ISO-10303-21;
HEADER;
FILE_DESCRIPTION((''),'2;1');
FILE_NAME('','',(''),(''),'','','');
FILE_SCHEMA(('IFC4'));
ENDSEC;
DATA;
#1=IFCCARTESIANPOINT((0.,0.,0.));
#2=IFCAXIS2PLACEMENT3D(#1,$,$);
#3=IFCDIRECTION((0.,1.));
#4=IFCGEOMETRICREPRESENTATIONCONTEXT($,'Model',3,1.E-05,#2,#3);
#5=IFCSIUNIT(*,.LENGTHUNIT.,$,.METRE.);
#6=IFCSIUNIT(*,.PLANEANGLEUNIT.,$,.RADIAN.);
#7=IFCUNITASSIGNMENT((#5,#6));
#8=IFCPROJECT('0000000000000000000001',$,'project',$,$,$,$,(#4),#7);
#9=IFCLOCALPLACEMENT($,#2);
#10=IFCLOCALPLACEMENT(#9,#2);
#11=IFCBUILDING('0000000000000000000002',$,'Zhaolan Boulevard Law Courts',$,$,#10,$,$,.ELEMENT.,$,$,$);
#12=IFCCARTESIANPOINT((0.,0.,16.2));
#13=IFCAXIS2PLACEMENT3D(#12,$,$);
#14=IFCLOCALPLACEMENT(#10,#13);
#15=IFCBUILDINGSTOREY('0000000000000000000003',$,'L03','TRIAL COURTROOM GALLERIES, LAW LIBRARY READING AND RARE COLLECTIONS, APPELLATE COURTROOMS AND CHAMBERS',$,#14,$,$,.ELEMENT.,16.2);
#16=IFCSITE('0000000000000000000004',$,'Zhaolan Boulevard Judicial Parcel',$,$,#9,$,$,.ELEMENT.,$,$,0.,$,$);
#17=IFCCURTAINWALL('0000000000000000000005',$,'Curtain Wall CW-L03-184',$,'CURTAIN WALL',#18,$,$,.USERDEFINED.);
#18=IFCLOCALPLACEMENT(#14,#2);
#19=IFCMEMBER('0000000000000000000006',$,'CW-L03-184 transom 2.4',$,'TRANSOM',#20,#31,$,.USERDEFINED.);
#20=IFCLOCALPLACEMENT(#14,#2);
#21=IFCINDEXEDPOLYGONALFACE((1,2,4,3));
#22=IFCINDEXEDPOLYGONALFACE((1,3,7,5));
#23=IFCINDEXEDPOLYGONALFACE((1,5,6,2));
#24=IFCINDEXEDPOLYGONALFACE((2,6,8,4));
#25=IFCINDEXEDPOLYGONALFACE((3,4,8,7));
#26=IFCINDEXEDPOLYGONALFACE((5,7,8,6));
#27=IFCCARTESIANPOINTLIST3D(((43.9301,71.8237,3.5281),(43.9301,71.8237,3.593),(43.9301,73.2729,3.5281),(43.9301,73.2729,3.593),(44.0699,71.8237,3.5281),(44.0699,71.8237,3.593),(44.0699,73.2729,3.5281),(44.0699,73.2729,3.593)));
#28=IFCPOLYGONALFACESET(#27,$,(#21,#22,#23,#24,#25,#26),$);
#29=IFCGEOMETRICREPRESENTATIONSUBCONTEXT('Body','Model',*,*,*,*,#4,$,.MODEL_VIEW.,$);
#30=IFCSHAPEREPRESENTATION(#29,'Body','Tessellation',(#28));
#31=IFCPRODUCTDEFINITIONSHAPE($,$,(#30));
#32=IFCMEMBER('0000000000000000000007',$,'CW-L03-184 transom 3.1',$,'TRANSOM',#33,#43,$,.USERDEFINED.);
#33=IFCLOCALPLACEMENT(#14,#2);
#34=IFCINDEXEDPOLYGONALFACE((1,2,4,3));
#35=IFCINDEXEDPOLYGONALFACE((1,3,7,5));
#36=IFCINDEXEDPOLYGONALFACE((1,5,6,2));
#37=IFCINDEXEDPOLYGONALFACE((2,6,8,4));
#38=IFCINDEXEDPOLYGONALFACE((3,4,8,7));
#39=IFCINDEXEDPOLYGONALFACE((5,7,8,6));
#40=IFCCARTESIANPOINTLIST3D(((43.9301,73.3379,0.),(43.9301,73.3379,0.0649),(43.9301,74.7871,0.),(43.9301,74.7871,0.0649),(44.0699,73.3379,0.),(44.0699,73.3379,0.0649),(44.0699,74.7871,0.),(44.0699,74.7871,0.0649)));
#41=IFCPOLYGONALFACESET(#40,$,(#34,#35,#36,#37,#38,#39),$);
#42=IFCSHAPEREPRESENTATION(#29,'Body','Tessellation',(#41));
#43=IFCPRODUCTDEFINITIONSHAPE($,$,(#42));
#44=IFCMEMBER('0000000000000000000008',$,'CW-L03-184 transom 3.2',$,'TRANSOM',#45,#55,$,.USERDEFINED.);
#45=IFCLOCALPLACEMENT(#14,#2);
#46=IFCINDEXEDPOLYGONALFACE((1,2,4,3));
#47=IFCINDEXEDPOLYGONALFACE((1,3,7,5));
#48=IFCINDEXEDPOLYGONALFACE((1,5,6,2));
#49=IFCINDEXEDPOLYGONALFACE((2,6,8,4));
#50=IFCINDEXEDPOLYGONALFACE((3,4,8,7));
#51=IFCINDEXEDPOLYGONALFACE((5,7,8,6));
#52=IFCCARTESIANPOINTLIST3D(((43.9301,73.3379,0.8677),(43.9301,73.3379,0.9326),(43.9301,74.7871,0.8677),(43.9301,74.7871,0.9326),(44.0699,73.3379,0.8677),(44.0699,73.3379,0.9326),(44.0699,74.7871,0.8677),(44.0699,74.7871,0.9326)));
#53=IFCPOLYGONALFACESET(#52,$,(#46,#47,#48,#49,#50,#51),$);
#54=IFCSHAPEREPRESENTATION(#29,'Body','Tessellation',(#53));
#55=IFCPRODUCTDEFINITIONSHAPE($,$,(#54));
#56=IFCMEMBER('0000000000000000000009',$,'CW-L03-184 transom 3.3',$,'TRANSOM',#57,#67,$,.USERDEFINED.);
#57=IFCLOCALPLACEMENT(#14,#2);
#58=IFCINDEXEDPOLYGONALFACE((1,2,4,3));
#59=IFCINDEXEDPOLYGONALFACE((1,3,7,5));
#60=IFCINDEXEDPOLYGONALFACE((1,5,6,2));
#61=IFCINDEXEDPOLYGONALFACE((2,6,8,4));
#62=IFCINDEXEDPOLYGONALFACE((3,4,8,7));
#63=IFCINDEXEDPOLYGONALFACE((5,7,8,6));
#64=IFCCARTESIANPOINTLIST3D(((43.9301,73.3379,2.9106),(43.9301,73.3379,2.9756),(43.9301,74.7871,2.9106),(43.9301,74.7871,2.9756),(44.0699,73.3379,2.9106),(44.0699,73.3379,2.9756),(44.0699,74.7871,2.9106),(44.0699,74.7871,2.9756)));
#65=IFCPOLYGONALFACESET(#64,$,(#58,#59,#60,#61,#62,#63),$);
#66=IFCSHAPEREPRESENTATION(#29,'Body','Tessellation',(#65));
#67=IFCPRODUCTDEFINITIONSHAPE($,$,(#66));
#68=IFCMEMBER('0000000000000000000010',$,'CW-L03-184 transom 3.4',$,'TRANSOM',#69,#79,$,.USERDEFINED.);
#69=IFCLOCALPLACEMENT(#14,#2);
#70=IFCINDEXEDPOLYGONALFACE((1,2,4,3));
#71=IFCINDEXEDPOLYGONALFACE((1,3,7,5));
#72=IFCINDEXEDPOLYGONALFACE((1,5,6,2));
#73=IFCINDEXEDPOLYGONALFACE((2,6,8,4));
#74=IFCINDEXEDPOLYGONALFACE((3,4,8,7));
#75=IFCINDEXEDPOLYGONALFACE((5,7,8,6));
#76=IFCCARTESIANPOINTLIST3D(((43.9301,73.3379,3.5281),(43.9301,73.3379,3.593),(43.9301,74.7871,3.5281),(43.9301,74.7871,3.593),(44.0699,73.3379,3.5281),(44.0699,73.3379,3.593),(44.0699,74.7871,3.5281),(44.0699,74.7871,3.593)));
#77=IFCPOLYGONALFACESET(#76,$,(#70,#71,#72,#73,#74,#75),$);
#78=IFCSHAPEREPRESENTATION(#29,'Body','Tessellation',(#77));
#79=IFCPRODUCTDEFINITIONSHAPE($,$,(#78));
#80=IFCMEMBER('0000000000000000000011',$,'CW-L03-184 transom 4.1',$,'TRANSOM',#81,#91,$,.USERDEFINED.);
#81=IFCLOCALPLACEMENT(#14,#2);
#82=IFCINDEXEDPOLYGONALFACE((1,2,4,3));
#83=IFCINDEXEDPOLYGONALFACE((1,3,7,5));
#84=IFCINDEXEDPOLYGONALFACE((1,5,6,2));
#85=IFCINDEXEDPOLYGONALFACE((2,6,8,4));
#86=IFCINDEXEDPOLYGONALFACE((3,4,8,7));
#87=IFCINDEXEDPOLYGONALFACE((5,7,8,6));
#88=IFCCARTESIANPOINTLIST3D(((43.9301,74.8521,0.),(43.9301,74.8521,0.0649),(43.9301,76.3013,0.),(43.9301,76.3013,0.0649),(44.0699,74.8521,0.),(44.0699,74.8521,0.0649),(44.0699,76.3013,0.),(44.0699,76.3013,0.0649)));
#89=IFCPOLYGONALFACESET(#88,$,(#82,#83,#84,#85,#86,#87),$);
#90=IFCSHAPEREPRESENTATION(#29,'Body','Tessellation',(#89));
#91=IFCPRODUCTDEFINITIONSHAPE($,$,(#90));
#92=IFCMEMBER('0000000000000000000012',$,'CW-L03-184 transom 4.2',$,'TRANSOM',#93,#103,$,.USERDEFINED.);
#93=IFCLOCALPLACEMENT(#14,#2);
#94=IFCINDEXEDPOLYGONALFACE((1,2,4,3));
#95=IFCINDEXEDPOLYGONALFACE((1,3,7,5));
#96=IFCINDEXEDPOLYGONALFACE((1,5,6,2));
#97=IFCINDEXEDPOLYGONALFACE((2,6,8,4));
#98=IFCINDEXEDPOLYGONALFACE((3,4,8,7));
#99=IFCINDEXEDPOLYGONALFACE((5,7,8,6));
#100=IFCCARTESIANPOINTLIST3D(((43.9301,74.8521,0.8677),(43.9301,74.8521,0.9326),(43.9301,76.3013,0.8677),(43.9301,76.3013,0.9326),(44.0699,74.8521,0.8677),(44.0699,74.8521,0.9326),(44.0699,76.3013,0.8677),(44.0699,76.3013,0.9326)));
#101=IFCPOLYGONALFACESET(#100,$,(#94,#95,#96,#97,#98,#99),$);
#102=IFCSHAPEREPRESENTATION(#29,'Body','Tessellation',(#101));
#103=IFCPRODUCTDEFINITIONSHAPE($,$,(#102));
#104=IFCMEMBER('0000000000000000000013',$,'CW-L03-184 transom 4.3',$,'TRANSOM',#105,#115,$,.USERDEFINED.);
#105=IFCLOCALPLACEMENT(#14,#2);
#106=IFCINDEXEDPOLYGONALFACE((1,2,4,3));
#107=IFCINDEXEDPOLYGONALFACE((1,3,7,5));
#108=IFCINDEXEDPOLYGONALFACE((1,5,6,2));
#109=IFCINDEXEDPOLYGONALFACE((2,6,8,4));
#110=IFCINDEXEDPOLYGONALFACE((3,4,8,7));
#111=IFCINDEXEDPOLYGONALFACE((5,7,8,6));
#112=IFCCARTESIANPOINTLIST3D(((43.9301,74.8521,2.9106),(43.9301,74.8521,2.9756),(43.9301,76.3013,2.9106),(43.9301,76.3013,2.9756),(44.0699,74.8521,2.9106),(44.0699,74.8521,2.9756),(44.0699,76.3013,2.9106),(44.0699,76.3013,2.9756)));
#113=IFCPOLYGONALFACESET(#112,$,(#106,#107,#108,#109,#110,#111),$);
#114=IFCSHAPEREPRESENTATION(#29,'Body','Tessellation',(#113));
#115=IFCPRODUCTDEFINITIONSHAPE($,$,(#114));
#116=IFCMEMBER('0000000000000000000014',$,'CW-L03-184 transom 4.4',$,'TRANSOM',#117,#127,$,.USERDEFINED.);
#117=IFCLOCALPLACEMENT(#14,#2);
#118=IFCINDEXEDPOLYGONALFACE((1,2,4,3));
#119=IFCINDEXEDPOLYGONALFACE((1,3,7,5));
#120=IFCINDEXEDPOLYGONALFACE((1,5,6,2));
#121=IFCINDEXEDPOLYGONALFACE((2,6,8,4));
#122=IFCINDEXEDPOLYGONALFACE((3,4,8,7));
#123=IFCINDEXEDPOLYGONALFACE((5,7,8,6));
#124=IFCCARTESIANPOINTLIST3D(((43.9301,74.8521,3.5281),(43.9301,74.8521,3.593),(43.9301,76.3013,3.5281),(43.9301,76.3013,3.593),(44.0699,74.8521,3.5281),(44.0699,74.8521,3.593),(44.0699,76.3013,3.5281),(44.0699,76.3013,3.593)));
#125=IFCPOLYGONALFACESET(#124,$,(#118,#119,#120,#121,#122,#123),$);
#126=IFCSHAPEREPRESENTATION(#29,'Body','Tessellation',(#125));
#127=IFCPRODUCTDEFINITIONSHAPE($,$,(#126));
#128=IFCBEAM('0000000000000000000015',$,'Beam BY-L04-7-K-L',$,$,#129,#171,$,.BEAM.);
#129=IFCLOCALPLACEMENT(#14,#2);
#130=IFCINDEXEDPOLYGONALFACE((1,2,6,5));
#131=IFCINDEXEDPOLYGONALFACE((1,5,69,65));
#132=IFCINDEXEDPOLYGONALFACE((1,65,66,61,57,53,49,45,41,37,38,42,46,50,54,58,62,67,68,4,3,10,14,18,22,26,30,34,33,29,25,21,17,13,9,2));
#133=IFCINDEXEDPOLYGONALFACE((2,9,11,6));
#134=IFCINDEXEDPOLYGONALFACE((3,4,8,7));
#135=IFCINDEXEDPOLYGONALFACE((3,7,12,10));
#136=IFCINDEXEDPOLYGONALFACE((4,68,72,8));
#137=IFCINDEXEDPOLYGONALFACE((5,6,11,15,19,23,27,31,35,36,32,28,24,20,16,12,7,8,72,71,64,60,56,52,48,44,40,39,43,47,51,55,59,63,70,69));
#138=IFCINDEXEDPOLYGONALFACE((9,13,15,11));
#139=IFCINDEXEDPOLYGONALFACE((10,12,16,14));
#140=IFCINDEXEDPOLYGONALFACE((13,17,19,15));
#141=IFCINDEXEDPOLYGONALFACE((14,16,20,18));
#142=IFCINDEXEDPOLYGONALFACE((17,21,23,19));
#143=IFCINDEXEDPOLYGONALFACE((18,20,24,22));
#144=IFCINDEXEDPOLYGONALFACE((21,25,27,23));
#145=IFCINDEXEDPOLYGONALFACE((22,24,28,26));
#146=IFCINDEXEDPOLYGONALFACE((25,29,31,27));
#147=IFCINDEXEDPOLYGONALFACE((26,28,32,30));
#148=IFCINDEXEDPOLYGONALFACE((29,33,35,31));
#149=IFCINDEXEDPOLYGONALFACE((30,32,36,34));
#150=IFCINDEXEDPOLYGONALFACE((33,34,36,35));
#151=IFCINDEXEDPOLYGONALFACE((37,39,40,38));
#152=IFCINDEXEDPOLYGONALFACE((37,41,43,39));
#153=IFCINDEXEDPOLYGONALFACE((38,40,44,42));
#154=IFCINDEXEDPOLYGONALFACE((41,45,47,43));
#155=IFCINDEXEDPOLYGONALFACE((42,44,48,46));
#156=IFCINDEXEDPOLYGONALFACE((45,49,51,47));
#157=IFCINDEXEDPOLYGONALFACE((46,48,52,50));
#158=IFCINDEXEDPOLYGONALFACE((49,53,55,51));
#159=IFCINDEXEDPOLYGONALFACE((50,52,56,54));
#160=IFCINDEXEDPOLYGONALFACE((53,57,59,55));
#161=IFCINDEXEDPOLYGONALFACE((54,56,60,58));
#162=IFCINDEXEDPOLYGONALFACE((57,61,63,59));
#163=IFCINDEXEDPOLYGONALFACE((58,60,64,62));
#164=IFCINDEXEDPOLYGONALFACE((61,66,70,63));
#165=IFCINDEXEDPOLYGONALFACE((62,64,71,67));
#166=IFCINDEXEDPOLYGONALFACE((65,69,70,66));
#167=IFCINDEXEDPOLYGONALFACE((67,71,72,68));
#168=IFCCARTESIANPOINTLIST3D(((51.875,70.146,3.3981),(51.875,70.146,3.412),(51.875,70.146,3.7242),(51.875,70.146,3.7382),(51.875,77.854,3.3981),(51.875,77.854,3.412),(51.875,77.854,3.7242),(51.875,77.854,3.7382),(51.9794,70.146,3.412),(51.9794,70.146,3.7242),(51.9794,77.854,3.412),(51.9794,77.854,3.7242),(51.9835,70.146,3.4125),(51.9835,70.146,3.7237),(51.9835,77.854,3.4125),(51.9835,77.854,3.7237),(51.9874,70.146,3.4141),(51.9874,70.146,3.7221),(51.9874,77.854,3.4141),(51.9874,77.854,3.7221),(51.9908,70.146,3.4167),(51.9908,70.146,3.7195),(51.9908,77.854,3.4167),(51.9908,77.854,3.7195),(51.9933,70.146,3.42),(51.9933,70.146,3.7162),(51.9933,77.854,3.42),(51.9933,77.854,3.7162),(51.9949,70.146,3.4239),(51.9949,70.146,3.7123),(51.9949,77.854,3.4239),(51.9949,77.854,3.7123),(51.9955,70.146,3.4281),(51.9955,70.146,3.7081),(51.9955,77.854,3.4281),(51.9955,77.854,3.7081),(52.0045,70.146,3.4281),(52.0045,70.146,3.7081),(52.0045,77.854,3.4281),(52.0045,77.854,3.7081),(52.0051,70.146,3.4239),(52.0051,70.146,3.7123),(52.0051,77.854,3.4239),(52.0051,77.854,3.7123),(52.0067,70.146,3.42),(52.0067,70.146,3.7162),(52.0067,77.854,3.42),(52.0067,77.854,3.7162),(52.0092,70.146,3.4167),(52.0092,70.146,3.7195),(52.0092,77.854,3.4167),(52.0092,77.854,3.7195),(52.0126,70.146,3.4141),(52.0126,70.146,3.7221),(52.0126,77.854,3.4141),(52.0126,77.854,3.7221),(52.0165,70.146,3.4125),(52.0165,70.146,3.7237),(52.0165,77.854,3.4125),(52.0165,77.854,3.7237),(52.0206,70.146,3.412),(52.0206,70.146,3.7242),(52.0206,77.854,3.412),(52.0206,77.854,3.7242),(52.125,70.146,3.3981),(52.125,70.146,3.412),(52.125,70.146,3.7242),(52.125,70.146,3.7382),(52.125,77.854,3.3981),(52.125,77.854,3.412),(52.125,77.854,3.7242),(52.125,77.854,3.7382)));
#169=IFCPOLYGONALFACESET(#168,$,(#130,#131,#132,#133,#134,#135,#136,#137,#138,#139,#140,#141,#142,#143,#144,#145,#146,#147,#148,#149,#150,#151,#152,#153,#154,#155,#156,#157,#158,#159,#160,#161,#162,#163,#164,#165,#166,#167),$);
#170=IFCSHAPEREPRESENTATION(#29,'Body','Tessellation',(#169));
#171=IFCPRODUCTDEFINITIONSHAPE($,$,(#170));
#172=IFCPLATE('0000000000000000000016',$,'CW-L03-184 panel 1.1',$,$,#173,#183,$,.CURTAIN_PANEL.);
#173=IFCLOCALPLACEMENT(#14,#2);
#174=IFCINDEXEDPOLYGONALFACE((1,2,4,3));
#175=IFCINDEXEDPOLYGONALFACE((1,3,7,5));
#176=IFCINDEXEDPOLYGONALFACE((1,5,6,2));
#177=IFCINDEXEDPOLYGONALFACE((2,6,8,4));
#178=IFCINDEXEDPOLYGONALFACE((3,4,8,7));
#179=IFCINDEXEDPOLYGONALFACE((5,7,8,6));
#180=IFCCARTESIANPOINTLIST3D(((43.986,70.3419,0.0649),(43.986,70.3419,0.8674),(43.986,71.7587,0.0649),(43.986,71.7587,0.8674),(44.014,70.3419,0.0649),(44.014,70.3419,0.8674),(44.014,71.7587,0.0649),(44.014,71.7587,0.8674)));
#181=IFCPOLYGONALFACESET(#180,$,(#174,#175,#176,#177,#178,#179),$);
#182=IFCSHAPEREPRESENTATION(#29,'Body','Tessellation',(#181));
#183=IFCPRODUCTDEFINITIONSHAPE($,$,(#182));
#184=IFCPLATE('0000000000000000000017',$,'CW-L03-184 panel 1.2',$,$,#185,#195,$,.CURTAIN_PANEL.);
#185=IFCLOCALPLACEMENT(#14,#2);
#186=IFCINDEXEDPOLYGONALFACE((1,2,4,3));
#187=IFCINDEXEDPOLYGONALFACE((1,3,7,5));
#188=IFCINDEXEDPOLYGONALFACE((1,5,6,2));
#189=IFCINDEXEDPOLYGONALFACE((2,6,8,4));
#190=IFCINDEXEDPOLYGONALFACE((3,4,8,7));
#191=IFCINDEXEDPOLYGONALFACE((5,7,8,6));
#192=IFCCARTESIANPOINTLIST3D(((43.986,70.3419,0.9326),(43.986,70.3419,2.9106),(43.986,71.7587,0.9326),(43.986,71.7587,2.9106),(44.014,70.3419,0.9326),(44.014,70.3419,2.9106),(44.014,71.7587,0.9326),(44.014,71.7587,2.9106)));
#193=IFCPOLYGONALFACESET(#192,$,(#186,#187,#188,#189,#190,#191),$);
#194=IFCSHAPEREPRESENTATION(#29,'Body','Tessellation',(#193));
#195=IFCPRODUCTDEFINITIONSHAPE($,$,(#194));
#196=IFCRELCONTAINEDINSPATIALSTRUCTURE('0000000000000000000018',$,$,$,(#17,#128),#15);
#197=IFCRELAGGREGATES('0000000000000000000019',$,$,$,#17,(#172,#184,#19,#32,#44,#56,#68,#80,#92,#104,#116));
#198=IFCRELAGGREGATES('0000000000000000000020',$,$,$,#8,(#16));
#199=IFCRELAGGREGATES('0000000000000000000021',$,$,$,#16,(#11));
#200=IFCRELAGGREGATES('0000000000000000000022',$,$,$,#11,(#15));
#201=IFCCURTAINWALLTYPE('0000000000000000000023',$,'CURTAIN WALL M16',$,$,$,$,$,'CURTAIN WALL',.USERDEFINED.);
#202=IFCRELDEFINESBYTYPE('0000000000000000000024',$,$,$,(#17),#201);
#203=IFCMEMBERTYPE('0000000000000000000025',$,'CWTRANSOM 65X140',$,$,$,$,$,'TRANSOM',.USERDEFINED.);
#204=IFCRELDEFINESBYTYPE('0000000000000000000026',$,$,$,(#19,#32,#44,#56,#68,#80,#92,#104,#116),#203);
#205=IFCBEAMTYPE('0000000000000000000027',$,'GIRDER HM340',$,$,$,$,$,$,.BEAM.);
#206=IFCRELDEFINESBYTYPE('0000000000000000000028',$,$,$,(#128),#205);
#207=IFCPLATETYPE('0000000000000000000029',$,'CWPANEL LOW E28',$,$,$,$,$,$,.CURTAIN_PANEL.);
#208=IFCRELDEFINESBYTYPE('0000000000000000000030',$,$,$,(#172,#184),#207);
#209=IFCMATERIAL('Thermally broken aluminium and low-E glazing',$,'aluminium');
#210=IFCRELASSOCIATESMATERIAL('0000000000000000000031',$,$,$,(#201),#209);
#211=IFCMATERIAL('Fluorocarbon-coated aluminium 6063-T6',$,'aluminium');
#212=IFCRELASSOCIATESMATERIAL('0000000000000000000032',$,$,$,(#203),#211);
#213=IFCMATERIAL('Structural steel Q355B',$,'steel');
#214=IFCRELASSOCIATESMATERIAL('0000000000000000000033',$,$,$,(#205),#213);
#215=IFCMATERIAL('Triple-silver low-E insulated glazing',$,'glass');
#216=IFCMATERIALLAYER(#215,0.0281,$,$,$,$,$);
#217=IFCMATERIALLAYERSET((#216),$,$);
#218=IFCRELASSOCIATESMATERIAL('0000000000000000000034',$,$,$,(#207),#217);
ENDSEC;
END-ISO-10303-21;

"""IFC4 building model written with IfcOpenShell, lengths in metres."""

from ifc_helpers import new_model, si_unit, direction, frame, origin, origin_2d, place, context, subcontext, project, spatial, rectangle, i_section, extrude, material, layer, layer_set, material_profile, profile_set, type_object, element, aggregate, save


model = new_model("IFC4")

# Units and contexts
model_context = context("Model", 3, precision=1e-05, world=origin(), true_north=direction((0.0, 1.0)))
body_context = subcontext(model_context, "Body", "Model", "MODEL_VIEW")
ifc_project = project(units=[si_unit("LENGTHUNIT", "METRE"), si_unit("PLANEANGLEUNIT", "RADIAN")], contexts=[model_context])

# Site, building, storey
site_placement = place(None, origin())
site = spatial("IfcSite", under=ifc_project, at=site_placement, Name="Zhaolan Boulevard Judicial Parcel", CompositionType="ELEMENT", RefElevation=0.0)
building_placement = place(site_placement, origin())
building = spatial("IfcBuilding", under=site, at=building_placement, Name="Zhaolan Boulevard Law Courts", CompositionType="ELEMENT")
storey_placement = place(building_placement, frame((0.0, 0.0, 16.2)))
storey = spatial("IfcBuildingStorey", under=building, at=storey_placement, Name="L03", Description="TRIAL COURTROOM GALLERIES, LAW LIBRARY READING AND RARE COLLECTIONS, APPELLATE COURTROOMS AND CHAMBERS", CompositionType="ELEMENT", Elevation=16.2)

# Curtain wall, members
ifc_material_1 = material(Name="Thermally broken aluminium and low-E glazing", Category="aluminium")
curtain_wall_type = type_object("IfcCurtainWallType", Name="CURTAIN WALL M16", ElementType="CURTAIN WALL", PredefinedType="USERDEFINED", material=ifc_material_1)
curtain_wall_placement = place(storey_placement, origin())
curtain_wall = element("IfcCurtainWall", 1, at=curtain_wall_placement, inside=storey, type_object=curtain_wall_type, Name="Curtain Wall CW-L03-184", ObjectType="CURTAIN WALL", PredefinedType="USERDEFINED")
ifc_material_2 = material(Name="Fluorocarbon-coated aluminium 6063-T6", Category="aluminium")
ifc_material_profile_1 = material_profile(ifc_material_2, rectangle(XDim=0.1399, YDim=0.0649, at=origin_2d()), Name="AL65x140")
ifc_profile_set_1 = profile_set([ifc_material_profile_1], Name="Fluorocarbon-coated aluminium 6063-T6")
member_type_1 = type_object("IfcMemberType", Name="CWTRANSOM 65X140", ElementType="TRANSOM", PredefinedType="USERDEFINED", material=ifc_profile_set_1)
member_1_placement = place(storey_placement, frame((44.0, 71.8237, 3.5605), z_axis=(0.0, 1.0, 0.0), x_axis=(-1.0, 0.0, 0.0)))
member_1 = element("IfcMember", 2, at=member_1_placement, type_object=member_type_1, Name="CW-L03-184 transom 2.4", ObjectType="TRANSOM", PredefinedType="USERDEFINED", context=body_context, shape_type="SweptSolid", body=[
    extrude(rectangle(XDim=0.1399, YDim=0.0649, at=origin_2d()), origin(), (0.0, 0.0, 1.0), 1.4492),
])
member_2_placement = place(storey_placement, frame((44.0, 73.3379, 0.0325), z_axis=(0.0, 1.0, 0.0), x_axis=(-1.0, 0.0, 0.0)))
member_2 = element("IfcMember", 3, at=member_2_placement, type_object=member_type_1, Name="CW-L03-184 transom 3.1", ObjectType="TRANSOM", PredefinedType="USERDEFINED", context=body_context, shape_type="SweptSolid", body=[
    extrude(rectangle(XDim=0.1399, YDim=0.0649, at=origin_2d()), origin(), (0.0, 0.0, 1.0), 1.4492),
])
member_3_placement = place(storey_placement, frame((44.0, 73.3379, 0.9001), z_axis=(0.0, 1.0, 0.0), x_axis=(-1.0, 0.0, 0.0)))
member_3 = element("IfcMember", 4, at=member_3_placement, type_object=member_type_1, Name="CW-L03-184 transom 3.2", ObjectType="TRANSOM", PredefinedType="USERDEFINED", context=body_context, shape_type="SweptSolid", body=[
    extrude(rectangle(XDim=0.1399, YDim=0.0649, at=origin_2d()), origin(), (0.0, 0.0, 1.0), 1.4492),
])
member_4_placement = place(storey_placement, frame((44.0, 73.3379, 2.9431), z_axis=(0.0, 1.0, 0.0), x_axis=(-1.0, 0.0, 0.0)))
member_4 = element("IfcMember", 5, at=member_4_placement, type_object=member_type_1, Name="CW-L03-184 transom 3.3", ObjectType="TRANSOM", PredefinedType="USERDEFINED", context=body_context, shape_type="SweptSolid", body=[
    extrude(rectangle(XDim=0.1399, YDim=0.0649, at=origin_2d()), origin(), (0.0, 0.0, 1.0), 1.4492),
])
member_5_placement = place(storey_placement, frame((44.0, 73.3379, 3.5605), z_axis=(0.0, 1.0, 0.0), x_axis=(-1.0, 0.0, 0.0)))
member_5 = element("IfcMember", 6, at=member_5_placement, type_object=member_type_1, Name="CW-L03-184 transom 3.4", ObjectType="TRANSOM", PredefinedType="USERDEFINED", context=body_context, shape_type="SweptSolid", body=[
    extrude(rectangle(XDim=0.1399, YDim=0.0649, at=origin_2d()), origin(), (0.0, 0.0, 1.0), 1.4492),
])
member_6_placement = place(storey_placement, frame((44.0, 74.8521, 0.0325), z_axis=(0.0, 1.0, 0.0), x_axis=(-1.0, 0.0, 0.0)))
member_6 = element("IfcMember", 7, at=member_6_placement, type_object=member_type_1, Name="CW-L03-184 transom 4.1", ObjectType="TRANSOM", PredefinedType="USERDEFINED", context=body_context, shape_type="SweptSolid", body=[
    extrude(rectangle(XDim=0.1399, YDim=0.0649, at=origin_2d()), origin(), (0.0, 0.0, 1.0), 1.4492),
])
member_7_placement = place(storey_placement, frame((44.0, 74.8521, 0.9001), z_axis=(0.0, 1.0, 0.0), x_axis=(-1.0, 0.0, 0.0)))
member_7 = element("IfcMember", 8, at=member_7_placement, type_object=member_type_1, Name="CW-L03-184 transom 4.2", ObjectType="TRANSOM", PredefinedType="USERDEFINED", context=body_context, shape_type="SweptSolid", body=[
    extrude(rectangle(XDim=0.1399, YDim=0.0649, at=origin_2d()), origin(), (0.0, 0.0, 1.0), 1.4492),
])
member_8_placement = place(storey_placement, frame((44.0, 74.8521, 2.9431), z_axis=(0.0, 1.0, 0.0), x_axis=(-1.0, 0.0, 0.0)))
member_8 = element("IfcMember", 9, at=member_8_placement, type_object=member_type_1, Name="CW-L03-184 transom 4.3", ObjectType="TRANSOM", PredefinedType="USERDEFINED", context=body_context, shape_type="SweptSolid", body=[
    extrude(rectangle(XDim=0.1399, YDim=0.0649, at=origin_2d()), origin(), (0.0, 0.0, 1.0), 1.4492),
])
member_9_placement = place(storey_placement, frame((44.0, 74.8521, 3.5605), z_axis=(0.0, 1.0, 0.0), x_axis=(-1.0, 0.0, 0.0)))
member_9 = element("IfcMember", 10, at=member_9_placement, type_object=member_type_1, Name="CW-L03-184 transom 4.4", ObjectType="TRANSOM", PredefinedType="USERDEFINED", context=body_context, shape_type="SweptSolid", body=[
    extrude(rectangle(XDim=0.1399, YDim=0.0649, at=origin_2d()), origin(), (0.0, 0.0, 1.0), 1.4492),
])

# Beam
ifc_material_3 = material(Name="Structural steel Q355B", Category="steel")
ifc_material_profile_2 = material_profile(ifc_material_3, i_section(OverallWidth=0.25, OverallDepth=0.3401, WebThickness=0.009, FlangeThickness=0.0139, FilletRadius=0.0161, at=origin_2d()), Name="HM340x250")
ifc_profile_set_2 = profile_set([ifc_material_profile_2], Name="Structural steel Q355B")
beam_type = type_object("IfcBeamType", Name="GIRDER HM340", PredefinedType="BEAM", material=ifc_profile_set_2)
beam_placement = place(storey_placement, frame((52.0, 70.146, 3.5681), z_axis=(0.0, 1.0, 0.0), x_axis=(-1.0, 0.0, 0.0)))
element("IfcBeam", 11, at=beam_placement, inside=storey, type_object=beam_type, Name="Beam BY-L04-7-K-L", PredefinedType="BEAM", context=body_context, shape_type="SweptSolid", body=[
    extrude(i_section(OverallWidth=0.25, OverallDepth=0.3401, WebThickness=0.009, FlangeThickness=0.0139, FilletRadius=0.0161, at=origin_2d()), origin(), (0.0, 0.0, 1.0), 7.708),
])

# Plates
ifc_material_4 = material(Name="Triple-silver low-E insulated glazing", Category="glass")
ifc_layer_1 = layer(ifc_material_4, 0.0281)
ifc_layer_set_1 = layer_set([ifc_layer_1])
plate_type = type_object("IfcPlateType", Name="CWPANEL LOW E28", PredefinedType="CURTAIN_PANEL", material=ifc_layer_set_1)
plate_1_placement = place(storey_placement, frame((44.0, 71.0503, 0.0649), z_axis=(0.0, 0.0, 1.0), x_axis=(0.0, 1.0, 0.0)))
plate_1 = element("IfcPlate", 12, at=plate_1_placement, type_object=plate_type, Name="CW-L03-184 panel 1.1", PredefinedType="CURTAIN_PANEL", context=body_context, shape_type="SweptSolid", body=[
    extrude(rectangle(XDim=1.4167, YDim=0.0281, at=origin_2d()), origin(), (0.0, 0.0, 1.0), 0.8025),
])
plate_2_placement = place(storey_placement, frame((44.0, 71.0503, 0.9326), z_axis=(0.0, 0.0, 1.0), x_axis=(0.0, 1.0, 0.0)))
plate_2 = element("IfcPlate", 13, at=plate_2_placement, type_object=plate_type, Name="CW-L03-184 panel 1.2", PredefinedType="CURTAIN_PANEL", context=body_context, shape_type="SweptSolid", body=[
    extrude(rectangle(XDim=1.4167, YDim=0.0281, at=origin_2d()), origin(), (0.0, 0.0, 1.0), 1.978),
])
aggregate(curtain_wall, [plate_1, plate_2, member_1, member_2, member_3, member_4, member_5, member_6, member_7, member_8, member_9])

save(model, "model.ifc")
